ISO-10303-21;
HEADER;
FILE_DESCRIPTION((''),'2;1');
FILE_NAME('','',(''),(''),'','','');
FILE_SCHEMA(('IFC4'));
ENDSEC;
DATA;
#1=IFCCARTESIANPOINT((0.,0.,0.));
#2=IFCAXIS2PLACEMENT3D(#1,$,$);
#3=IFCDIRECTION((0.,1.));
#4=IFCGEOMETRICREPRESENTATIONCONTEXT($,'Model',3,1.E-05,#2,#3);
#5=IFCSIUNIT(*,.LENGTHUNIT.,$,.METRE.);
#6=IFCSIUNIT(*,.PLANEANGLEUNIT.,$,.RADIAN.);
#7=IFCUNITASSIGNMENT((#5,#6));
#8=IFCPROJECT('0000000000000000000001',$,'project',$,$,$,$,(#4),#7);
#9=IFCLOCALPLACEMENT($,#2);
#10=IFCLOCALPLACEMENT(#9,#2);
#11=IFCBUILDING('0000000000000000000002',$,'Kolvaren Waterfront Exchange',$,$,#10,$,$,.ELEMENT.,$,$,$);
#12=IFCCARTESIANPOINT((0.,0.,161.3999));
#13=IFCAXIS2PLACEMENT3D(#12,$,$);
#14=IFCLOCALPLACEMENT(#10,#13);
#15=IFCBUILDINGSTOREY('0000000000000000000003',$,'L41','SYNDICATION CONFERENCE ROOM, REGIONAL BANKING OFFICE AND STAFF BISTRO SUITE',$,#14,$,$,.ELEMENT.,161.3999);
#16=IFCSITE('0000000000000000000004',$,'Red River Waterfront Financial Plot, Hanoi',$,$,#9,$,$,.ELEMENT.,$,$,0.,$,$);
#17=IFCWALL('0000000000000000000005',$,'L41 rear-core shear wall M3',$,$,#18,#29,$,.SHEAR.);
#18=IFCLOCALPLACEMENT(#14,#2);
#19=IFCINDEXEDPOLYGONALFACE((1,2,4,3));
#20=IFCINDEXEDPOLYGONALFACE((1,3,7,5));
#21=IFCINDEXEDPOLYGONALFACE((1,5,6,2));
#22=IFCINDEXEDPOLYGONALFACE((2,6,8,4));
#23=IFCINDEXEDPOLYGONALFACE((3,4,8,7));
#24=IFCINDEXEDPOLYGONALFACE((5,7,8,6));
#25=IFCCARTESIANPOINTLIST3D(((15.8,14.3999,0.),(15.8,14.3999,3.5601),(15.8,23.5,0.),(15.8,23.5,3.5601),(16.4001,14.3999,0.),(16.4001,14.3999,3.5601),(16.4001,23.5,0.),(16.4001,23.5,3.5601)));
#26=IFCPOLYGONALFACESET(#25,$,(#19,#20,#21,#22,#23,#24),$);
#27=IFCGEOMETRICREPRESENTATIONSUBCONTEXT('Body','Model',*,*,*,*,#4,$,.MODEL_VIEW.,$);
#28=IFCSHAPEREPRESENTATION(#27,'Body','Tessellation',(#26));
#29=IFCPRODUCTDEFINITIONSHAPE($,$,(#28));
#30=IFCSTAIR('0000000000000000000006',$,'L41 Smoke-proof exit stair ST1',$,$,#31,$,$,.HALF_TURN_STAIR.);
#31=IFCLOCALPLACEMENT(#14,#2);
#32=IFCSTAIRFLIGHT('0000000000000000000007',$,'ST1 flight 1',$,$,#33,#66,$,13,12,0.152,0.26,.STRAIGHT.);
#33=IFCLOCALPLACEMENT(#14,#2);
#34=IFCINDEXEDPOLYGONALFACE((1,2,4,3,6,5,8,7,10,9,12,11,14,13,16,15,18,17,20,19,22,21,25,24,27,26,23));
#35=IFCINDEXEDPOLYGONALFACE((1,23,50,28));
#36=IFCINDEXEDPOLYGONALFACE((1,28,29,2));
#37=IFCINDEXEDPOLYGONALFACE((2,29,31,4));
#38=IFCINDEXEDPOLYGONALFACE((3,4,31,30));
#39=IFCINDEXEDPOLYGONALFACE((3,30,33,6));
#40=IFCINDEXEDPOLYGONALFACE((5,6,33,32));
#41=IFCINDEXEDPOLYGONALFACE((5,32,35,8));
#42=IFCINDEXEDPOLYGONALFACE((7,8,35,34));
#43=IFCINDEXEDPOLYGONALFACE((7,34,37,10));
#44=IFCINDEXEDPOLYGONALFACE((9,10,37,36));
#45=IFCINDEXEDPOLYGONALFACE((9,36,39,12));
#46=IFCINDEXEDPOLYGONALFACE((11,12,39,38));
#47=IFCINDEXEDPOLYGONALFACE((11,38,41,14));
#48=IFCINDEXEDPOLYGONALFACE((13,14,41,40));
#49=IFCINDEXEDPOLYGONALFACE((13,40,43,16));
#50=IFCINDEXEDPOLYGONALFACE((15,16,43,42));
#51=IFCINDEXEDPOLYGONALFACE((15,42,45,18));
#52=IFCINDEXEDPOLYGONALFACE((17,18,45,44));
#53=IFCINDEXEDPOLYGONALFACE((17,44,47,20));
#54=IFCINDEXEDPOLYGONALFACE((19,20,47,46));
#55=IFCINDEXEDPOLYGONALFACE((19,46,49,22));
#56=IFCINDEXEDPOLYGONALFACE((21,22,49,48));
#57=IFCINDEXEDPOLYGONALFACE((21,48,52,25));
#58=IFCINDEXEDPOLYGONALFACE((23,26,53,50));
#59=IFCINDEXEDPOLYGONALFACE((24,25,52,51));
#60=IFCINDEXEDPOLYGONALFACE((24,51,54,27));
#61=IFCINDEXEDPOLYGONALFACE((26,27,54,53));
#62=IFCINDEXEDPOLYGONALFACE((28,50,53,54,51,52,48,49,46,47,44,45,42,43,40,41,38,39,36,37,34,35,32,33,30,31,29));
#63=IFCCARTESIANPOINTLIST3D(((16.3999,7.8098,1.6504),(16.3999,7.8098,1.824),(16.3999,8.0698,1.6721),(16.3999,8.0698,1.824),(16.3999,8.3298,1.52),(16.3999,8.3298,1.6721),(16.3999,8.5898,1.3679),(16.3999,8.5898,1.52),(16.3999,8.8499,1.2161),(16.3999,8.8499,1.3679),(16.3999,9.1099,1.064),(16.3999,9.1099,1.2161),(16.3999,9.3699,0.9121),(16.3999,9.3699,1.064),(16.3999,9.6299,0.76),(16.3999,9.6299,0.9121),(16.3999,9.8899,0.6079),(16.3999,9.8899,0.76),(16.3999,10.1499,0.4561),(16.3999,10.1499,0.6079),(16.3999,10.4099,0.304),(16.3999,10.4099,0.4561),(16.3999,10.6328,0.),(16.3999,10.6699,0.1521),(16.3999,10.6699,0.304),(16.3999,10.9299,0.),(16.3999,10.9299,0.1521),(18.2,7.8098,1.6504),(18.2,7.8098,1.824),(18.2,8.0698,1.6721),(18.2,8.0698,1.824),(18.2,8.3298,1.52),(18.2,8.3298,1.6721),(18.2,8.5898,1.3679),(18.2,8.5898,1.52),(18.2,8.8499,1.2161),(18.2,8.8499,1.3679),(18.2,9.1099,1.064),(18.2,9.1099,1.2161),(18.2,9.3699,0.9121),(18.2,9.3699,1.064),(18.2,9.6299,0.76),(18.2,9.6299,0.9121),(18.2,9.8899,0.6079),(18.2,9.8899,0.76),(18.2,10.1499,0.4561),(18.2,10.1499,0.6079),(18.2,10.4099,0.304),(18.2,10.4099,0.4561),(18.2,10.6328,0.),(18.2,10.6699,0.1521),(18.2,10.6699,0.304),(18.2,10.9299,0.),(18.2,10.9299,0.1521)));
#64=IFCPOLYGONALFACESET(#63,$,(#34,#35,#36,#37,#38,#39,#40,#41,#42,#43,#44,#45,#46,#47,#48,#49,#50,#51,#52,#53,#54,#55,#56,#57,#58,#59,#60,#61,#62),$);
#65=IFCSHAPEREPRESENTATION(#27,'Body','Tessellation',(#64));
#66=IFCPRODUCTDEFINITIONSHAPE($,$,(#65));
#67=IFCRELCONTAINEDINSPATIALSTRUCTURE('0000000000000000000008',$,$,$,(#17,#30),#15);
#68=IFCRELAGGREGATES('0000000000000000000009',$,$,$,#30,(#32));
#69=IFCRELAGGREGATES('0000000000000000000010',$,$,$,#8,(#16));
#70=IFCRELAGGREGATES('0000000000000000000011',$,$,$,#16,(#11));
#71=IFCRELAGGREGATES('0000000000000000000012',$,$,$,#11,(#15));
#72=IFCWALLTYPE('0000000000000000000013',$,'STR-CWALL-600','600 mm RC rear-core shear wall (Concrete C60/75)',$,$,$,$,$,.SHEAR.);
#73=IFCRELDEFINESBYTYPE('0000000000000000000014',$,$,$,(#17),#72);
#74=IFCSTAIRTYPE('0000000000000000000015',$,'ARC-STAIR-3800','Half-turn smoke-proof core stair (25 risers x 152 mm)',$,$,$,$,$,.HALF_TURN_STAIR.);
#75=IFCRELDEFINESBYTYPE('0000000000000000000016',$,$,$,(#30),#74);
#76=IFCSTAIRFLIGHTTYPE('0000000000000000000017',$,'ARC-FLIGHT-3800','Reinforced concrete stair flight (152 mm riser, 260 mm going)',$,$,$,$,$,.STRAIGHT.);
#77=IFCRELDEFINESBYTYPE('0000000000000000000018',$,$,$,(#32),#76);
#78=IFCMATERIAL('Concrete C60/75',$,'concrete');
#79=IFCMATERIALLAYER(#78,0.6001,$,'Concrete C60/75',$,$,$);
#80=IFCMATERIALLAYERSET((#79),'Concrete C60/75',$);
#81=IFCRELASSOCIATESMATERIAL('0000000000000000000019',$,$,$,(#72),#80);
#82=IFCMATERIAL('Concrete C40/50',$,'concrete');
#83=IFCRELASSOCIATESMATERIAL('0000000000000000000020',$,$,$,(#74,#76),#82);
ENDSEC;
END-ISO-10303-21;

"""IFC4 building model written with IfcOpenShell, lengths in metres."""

from ifc_helpers import new_model, si_unit, direction, frame, frame_2d, origin, place, context, subcontext, project, spatial, polyline, rectangle, outline, extrude, material, layer, layer_set, type_object, element, aggregate, save


model = new_model("IFC4")

# Units and contexts
model_context = context("Model", 3, precision=1e-05, world=origin(), true_north=direction((0.0, 1.0)))
body_context = subcontext(model_context, "Body", "Model", "MODEL_VIEW")
ifc_project = project(units=[si_unit("LENGTHUNIT", "METRE"), si_unit("PLANEANGLEUNIT", "RADIAN")], contexts=[model_context])

# Site, building, storey
site_placement = place(None, origin())
site = spatial("IfcSite", under=ifc_project, at=site_placement, Name="Red River Waterfront Financial Plot, Hanoi", CompositionType="ELEMENT", RefElevation=0.0)
building_placement = place(site_placement, origin())
building = spatial("IfcBuilding", under=site, at=building_placement, Name="Kolvaren Waterfront Exchange", CompositionType="ELEMENT")
storey_placement = place(building_placement, frame((0.0, 0.0, 161.3999)))
storey = spatial("IfcBuildingStorey", under=building, at=storey_placement, Name="L41", Description="SYNDICATION CONFERENCE ROOM, REGIONAL BANKING OFFICE AND STAFF BISTRO SUITE", CompositionType="ELEMENT", Elevation=161.3999)

# Shared definitions
ifc_material_1 = material(Name="Concrete C60/75", Category="concrete")

# Wall
ifc_material_2 = material(Name="Concrete C40/50", Category="concrete")
ifc_layer_1 = layer(ifc_material_1, 0.6001, Name="Concrete C60/75")
ifc_layer_set_1 = layer_set([ifc_layer_1], Name="Concrete C60/75")
wall_type_1 = type_object("IfcWallType", Name="STR-CWALL-600", Description="600 mm RC rear-core shear wall (Concrete C60/75)", PredefinedType="SHEAR", material=ifc_layer_set_1)
wall_1_placement = place(storey_placement, frame((16.1001, 14.3999, 0.0), z_axis=(0.0, 0.0, 1.0), x_axis=(0.0, 1.0, 0.0)))
element("IfcWall", 1, at=wall_1_placement, inside=storey, type_object=wall_type_1, Name="L41 rear-core shear wall M3", PredefinedType="SHEAR", context=body_context, shape_type="SweptSolid", body=[
    extrude(rectangle(XDim=9.1001, YDim=0.6001, at=frame_2d((4.55, 0.0))), origin(), (0.0, 0.0, 1.0), 3.5601),
])

# Stair, stair flight
stair_type = type_object("IfcStairType", Name="ARC-STAIR-3800", Description="Half-turn smoke-proof core stair (25 risers x 152 mm)", PredefinedType="HALF_TURN_STAIR", material=ifc_material_2)
stair_placement = place(storey_placement, origin())
stair = element("IfcStair", 2, at=stair_placement, inside=storey, type_object=stair_type, Name="L41 Smoke-proof exit stair ST1", PredefinedType="HALF_TURN_STAIR")
stair_flight_type = type_object("IfcStairFlightType", Name="ARC-FLIGHT-3800", Description="Reinforced concrete stair flight (152 mm riser, 260 mm going)", PredefinedType="STRAIGHT", material=ifc_material_2)
stair_flight_placement = place(storey_placement, frame((17.3, 10.9299, 0.0), z_axis=(0.0, 0.0, 1.0), x_axis=(0.0, -1.0, 0.0)))
stair_flight = element("IfcStairFlight", 3, at=stair_flight_placement, type_object=stair_flight_type, Name="ST1 flight 1", NumberOfRisers=13, NumberOfTreads=12, PredefinedType="STRAIGHT", RiserHeight=0.152, TreadLength=0.26, context=body_context, shape_type="SweptSolid", body=[
    extrude(outline(polyline([(0.0, 0.0), (0.0, 0.1521), (0.26, 0.1521), (0.26, 0.304), (0.52, 0.304), (0.52, 0.4561), (0.78, 0.4561), (0.78, 0.6079), (1.04, 0.6079), (1.04, 0.76), (1.3, 0.76), (1.3, 0.9121), (1.5601, 0.9121), (1.5601, 1.064), (1.8201, 1.064), (1.8201, 1.2161), (2.0801, 1.2161), (2.0801, 1.3679), (2.3401, 1.3679), (2.3401, 1.52), (2.6001, 1.52), (2.6001, 1.6721), (2.8601, 1.6721), (2.8601, 1.824), (3.1201, 1.824), (3.1201, 1.9761), (3.1201, 1.6504), (0.2971, 0.0), (0.0, 0.0)])), frame((0.0, 0.8999, 0.0), z_axis=(0.0, -1.0, 0.0), x_axis=(1.0, 0.0, 0.0)), (0.0, 0.0, 1.0), 1.8),
])
aggregate(stair, [stair_flight])

save(model, "model.ifc")
